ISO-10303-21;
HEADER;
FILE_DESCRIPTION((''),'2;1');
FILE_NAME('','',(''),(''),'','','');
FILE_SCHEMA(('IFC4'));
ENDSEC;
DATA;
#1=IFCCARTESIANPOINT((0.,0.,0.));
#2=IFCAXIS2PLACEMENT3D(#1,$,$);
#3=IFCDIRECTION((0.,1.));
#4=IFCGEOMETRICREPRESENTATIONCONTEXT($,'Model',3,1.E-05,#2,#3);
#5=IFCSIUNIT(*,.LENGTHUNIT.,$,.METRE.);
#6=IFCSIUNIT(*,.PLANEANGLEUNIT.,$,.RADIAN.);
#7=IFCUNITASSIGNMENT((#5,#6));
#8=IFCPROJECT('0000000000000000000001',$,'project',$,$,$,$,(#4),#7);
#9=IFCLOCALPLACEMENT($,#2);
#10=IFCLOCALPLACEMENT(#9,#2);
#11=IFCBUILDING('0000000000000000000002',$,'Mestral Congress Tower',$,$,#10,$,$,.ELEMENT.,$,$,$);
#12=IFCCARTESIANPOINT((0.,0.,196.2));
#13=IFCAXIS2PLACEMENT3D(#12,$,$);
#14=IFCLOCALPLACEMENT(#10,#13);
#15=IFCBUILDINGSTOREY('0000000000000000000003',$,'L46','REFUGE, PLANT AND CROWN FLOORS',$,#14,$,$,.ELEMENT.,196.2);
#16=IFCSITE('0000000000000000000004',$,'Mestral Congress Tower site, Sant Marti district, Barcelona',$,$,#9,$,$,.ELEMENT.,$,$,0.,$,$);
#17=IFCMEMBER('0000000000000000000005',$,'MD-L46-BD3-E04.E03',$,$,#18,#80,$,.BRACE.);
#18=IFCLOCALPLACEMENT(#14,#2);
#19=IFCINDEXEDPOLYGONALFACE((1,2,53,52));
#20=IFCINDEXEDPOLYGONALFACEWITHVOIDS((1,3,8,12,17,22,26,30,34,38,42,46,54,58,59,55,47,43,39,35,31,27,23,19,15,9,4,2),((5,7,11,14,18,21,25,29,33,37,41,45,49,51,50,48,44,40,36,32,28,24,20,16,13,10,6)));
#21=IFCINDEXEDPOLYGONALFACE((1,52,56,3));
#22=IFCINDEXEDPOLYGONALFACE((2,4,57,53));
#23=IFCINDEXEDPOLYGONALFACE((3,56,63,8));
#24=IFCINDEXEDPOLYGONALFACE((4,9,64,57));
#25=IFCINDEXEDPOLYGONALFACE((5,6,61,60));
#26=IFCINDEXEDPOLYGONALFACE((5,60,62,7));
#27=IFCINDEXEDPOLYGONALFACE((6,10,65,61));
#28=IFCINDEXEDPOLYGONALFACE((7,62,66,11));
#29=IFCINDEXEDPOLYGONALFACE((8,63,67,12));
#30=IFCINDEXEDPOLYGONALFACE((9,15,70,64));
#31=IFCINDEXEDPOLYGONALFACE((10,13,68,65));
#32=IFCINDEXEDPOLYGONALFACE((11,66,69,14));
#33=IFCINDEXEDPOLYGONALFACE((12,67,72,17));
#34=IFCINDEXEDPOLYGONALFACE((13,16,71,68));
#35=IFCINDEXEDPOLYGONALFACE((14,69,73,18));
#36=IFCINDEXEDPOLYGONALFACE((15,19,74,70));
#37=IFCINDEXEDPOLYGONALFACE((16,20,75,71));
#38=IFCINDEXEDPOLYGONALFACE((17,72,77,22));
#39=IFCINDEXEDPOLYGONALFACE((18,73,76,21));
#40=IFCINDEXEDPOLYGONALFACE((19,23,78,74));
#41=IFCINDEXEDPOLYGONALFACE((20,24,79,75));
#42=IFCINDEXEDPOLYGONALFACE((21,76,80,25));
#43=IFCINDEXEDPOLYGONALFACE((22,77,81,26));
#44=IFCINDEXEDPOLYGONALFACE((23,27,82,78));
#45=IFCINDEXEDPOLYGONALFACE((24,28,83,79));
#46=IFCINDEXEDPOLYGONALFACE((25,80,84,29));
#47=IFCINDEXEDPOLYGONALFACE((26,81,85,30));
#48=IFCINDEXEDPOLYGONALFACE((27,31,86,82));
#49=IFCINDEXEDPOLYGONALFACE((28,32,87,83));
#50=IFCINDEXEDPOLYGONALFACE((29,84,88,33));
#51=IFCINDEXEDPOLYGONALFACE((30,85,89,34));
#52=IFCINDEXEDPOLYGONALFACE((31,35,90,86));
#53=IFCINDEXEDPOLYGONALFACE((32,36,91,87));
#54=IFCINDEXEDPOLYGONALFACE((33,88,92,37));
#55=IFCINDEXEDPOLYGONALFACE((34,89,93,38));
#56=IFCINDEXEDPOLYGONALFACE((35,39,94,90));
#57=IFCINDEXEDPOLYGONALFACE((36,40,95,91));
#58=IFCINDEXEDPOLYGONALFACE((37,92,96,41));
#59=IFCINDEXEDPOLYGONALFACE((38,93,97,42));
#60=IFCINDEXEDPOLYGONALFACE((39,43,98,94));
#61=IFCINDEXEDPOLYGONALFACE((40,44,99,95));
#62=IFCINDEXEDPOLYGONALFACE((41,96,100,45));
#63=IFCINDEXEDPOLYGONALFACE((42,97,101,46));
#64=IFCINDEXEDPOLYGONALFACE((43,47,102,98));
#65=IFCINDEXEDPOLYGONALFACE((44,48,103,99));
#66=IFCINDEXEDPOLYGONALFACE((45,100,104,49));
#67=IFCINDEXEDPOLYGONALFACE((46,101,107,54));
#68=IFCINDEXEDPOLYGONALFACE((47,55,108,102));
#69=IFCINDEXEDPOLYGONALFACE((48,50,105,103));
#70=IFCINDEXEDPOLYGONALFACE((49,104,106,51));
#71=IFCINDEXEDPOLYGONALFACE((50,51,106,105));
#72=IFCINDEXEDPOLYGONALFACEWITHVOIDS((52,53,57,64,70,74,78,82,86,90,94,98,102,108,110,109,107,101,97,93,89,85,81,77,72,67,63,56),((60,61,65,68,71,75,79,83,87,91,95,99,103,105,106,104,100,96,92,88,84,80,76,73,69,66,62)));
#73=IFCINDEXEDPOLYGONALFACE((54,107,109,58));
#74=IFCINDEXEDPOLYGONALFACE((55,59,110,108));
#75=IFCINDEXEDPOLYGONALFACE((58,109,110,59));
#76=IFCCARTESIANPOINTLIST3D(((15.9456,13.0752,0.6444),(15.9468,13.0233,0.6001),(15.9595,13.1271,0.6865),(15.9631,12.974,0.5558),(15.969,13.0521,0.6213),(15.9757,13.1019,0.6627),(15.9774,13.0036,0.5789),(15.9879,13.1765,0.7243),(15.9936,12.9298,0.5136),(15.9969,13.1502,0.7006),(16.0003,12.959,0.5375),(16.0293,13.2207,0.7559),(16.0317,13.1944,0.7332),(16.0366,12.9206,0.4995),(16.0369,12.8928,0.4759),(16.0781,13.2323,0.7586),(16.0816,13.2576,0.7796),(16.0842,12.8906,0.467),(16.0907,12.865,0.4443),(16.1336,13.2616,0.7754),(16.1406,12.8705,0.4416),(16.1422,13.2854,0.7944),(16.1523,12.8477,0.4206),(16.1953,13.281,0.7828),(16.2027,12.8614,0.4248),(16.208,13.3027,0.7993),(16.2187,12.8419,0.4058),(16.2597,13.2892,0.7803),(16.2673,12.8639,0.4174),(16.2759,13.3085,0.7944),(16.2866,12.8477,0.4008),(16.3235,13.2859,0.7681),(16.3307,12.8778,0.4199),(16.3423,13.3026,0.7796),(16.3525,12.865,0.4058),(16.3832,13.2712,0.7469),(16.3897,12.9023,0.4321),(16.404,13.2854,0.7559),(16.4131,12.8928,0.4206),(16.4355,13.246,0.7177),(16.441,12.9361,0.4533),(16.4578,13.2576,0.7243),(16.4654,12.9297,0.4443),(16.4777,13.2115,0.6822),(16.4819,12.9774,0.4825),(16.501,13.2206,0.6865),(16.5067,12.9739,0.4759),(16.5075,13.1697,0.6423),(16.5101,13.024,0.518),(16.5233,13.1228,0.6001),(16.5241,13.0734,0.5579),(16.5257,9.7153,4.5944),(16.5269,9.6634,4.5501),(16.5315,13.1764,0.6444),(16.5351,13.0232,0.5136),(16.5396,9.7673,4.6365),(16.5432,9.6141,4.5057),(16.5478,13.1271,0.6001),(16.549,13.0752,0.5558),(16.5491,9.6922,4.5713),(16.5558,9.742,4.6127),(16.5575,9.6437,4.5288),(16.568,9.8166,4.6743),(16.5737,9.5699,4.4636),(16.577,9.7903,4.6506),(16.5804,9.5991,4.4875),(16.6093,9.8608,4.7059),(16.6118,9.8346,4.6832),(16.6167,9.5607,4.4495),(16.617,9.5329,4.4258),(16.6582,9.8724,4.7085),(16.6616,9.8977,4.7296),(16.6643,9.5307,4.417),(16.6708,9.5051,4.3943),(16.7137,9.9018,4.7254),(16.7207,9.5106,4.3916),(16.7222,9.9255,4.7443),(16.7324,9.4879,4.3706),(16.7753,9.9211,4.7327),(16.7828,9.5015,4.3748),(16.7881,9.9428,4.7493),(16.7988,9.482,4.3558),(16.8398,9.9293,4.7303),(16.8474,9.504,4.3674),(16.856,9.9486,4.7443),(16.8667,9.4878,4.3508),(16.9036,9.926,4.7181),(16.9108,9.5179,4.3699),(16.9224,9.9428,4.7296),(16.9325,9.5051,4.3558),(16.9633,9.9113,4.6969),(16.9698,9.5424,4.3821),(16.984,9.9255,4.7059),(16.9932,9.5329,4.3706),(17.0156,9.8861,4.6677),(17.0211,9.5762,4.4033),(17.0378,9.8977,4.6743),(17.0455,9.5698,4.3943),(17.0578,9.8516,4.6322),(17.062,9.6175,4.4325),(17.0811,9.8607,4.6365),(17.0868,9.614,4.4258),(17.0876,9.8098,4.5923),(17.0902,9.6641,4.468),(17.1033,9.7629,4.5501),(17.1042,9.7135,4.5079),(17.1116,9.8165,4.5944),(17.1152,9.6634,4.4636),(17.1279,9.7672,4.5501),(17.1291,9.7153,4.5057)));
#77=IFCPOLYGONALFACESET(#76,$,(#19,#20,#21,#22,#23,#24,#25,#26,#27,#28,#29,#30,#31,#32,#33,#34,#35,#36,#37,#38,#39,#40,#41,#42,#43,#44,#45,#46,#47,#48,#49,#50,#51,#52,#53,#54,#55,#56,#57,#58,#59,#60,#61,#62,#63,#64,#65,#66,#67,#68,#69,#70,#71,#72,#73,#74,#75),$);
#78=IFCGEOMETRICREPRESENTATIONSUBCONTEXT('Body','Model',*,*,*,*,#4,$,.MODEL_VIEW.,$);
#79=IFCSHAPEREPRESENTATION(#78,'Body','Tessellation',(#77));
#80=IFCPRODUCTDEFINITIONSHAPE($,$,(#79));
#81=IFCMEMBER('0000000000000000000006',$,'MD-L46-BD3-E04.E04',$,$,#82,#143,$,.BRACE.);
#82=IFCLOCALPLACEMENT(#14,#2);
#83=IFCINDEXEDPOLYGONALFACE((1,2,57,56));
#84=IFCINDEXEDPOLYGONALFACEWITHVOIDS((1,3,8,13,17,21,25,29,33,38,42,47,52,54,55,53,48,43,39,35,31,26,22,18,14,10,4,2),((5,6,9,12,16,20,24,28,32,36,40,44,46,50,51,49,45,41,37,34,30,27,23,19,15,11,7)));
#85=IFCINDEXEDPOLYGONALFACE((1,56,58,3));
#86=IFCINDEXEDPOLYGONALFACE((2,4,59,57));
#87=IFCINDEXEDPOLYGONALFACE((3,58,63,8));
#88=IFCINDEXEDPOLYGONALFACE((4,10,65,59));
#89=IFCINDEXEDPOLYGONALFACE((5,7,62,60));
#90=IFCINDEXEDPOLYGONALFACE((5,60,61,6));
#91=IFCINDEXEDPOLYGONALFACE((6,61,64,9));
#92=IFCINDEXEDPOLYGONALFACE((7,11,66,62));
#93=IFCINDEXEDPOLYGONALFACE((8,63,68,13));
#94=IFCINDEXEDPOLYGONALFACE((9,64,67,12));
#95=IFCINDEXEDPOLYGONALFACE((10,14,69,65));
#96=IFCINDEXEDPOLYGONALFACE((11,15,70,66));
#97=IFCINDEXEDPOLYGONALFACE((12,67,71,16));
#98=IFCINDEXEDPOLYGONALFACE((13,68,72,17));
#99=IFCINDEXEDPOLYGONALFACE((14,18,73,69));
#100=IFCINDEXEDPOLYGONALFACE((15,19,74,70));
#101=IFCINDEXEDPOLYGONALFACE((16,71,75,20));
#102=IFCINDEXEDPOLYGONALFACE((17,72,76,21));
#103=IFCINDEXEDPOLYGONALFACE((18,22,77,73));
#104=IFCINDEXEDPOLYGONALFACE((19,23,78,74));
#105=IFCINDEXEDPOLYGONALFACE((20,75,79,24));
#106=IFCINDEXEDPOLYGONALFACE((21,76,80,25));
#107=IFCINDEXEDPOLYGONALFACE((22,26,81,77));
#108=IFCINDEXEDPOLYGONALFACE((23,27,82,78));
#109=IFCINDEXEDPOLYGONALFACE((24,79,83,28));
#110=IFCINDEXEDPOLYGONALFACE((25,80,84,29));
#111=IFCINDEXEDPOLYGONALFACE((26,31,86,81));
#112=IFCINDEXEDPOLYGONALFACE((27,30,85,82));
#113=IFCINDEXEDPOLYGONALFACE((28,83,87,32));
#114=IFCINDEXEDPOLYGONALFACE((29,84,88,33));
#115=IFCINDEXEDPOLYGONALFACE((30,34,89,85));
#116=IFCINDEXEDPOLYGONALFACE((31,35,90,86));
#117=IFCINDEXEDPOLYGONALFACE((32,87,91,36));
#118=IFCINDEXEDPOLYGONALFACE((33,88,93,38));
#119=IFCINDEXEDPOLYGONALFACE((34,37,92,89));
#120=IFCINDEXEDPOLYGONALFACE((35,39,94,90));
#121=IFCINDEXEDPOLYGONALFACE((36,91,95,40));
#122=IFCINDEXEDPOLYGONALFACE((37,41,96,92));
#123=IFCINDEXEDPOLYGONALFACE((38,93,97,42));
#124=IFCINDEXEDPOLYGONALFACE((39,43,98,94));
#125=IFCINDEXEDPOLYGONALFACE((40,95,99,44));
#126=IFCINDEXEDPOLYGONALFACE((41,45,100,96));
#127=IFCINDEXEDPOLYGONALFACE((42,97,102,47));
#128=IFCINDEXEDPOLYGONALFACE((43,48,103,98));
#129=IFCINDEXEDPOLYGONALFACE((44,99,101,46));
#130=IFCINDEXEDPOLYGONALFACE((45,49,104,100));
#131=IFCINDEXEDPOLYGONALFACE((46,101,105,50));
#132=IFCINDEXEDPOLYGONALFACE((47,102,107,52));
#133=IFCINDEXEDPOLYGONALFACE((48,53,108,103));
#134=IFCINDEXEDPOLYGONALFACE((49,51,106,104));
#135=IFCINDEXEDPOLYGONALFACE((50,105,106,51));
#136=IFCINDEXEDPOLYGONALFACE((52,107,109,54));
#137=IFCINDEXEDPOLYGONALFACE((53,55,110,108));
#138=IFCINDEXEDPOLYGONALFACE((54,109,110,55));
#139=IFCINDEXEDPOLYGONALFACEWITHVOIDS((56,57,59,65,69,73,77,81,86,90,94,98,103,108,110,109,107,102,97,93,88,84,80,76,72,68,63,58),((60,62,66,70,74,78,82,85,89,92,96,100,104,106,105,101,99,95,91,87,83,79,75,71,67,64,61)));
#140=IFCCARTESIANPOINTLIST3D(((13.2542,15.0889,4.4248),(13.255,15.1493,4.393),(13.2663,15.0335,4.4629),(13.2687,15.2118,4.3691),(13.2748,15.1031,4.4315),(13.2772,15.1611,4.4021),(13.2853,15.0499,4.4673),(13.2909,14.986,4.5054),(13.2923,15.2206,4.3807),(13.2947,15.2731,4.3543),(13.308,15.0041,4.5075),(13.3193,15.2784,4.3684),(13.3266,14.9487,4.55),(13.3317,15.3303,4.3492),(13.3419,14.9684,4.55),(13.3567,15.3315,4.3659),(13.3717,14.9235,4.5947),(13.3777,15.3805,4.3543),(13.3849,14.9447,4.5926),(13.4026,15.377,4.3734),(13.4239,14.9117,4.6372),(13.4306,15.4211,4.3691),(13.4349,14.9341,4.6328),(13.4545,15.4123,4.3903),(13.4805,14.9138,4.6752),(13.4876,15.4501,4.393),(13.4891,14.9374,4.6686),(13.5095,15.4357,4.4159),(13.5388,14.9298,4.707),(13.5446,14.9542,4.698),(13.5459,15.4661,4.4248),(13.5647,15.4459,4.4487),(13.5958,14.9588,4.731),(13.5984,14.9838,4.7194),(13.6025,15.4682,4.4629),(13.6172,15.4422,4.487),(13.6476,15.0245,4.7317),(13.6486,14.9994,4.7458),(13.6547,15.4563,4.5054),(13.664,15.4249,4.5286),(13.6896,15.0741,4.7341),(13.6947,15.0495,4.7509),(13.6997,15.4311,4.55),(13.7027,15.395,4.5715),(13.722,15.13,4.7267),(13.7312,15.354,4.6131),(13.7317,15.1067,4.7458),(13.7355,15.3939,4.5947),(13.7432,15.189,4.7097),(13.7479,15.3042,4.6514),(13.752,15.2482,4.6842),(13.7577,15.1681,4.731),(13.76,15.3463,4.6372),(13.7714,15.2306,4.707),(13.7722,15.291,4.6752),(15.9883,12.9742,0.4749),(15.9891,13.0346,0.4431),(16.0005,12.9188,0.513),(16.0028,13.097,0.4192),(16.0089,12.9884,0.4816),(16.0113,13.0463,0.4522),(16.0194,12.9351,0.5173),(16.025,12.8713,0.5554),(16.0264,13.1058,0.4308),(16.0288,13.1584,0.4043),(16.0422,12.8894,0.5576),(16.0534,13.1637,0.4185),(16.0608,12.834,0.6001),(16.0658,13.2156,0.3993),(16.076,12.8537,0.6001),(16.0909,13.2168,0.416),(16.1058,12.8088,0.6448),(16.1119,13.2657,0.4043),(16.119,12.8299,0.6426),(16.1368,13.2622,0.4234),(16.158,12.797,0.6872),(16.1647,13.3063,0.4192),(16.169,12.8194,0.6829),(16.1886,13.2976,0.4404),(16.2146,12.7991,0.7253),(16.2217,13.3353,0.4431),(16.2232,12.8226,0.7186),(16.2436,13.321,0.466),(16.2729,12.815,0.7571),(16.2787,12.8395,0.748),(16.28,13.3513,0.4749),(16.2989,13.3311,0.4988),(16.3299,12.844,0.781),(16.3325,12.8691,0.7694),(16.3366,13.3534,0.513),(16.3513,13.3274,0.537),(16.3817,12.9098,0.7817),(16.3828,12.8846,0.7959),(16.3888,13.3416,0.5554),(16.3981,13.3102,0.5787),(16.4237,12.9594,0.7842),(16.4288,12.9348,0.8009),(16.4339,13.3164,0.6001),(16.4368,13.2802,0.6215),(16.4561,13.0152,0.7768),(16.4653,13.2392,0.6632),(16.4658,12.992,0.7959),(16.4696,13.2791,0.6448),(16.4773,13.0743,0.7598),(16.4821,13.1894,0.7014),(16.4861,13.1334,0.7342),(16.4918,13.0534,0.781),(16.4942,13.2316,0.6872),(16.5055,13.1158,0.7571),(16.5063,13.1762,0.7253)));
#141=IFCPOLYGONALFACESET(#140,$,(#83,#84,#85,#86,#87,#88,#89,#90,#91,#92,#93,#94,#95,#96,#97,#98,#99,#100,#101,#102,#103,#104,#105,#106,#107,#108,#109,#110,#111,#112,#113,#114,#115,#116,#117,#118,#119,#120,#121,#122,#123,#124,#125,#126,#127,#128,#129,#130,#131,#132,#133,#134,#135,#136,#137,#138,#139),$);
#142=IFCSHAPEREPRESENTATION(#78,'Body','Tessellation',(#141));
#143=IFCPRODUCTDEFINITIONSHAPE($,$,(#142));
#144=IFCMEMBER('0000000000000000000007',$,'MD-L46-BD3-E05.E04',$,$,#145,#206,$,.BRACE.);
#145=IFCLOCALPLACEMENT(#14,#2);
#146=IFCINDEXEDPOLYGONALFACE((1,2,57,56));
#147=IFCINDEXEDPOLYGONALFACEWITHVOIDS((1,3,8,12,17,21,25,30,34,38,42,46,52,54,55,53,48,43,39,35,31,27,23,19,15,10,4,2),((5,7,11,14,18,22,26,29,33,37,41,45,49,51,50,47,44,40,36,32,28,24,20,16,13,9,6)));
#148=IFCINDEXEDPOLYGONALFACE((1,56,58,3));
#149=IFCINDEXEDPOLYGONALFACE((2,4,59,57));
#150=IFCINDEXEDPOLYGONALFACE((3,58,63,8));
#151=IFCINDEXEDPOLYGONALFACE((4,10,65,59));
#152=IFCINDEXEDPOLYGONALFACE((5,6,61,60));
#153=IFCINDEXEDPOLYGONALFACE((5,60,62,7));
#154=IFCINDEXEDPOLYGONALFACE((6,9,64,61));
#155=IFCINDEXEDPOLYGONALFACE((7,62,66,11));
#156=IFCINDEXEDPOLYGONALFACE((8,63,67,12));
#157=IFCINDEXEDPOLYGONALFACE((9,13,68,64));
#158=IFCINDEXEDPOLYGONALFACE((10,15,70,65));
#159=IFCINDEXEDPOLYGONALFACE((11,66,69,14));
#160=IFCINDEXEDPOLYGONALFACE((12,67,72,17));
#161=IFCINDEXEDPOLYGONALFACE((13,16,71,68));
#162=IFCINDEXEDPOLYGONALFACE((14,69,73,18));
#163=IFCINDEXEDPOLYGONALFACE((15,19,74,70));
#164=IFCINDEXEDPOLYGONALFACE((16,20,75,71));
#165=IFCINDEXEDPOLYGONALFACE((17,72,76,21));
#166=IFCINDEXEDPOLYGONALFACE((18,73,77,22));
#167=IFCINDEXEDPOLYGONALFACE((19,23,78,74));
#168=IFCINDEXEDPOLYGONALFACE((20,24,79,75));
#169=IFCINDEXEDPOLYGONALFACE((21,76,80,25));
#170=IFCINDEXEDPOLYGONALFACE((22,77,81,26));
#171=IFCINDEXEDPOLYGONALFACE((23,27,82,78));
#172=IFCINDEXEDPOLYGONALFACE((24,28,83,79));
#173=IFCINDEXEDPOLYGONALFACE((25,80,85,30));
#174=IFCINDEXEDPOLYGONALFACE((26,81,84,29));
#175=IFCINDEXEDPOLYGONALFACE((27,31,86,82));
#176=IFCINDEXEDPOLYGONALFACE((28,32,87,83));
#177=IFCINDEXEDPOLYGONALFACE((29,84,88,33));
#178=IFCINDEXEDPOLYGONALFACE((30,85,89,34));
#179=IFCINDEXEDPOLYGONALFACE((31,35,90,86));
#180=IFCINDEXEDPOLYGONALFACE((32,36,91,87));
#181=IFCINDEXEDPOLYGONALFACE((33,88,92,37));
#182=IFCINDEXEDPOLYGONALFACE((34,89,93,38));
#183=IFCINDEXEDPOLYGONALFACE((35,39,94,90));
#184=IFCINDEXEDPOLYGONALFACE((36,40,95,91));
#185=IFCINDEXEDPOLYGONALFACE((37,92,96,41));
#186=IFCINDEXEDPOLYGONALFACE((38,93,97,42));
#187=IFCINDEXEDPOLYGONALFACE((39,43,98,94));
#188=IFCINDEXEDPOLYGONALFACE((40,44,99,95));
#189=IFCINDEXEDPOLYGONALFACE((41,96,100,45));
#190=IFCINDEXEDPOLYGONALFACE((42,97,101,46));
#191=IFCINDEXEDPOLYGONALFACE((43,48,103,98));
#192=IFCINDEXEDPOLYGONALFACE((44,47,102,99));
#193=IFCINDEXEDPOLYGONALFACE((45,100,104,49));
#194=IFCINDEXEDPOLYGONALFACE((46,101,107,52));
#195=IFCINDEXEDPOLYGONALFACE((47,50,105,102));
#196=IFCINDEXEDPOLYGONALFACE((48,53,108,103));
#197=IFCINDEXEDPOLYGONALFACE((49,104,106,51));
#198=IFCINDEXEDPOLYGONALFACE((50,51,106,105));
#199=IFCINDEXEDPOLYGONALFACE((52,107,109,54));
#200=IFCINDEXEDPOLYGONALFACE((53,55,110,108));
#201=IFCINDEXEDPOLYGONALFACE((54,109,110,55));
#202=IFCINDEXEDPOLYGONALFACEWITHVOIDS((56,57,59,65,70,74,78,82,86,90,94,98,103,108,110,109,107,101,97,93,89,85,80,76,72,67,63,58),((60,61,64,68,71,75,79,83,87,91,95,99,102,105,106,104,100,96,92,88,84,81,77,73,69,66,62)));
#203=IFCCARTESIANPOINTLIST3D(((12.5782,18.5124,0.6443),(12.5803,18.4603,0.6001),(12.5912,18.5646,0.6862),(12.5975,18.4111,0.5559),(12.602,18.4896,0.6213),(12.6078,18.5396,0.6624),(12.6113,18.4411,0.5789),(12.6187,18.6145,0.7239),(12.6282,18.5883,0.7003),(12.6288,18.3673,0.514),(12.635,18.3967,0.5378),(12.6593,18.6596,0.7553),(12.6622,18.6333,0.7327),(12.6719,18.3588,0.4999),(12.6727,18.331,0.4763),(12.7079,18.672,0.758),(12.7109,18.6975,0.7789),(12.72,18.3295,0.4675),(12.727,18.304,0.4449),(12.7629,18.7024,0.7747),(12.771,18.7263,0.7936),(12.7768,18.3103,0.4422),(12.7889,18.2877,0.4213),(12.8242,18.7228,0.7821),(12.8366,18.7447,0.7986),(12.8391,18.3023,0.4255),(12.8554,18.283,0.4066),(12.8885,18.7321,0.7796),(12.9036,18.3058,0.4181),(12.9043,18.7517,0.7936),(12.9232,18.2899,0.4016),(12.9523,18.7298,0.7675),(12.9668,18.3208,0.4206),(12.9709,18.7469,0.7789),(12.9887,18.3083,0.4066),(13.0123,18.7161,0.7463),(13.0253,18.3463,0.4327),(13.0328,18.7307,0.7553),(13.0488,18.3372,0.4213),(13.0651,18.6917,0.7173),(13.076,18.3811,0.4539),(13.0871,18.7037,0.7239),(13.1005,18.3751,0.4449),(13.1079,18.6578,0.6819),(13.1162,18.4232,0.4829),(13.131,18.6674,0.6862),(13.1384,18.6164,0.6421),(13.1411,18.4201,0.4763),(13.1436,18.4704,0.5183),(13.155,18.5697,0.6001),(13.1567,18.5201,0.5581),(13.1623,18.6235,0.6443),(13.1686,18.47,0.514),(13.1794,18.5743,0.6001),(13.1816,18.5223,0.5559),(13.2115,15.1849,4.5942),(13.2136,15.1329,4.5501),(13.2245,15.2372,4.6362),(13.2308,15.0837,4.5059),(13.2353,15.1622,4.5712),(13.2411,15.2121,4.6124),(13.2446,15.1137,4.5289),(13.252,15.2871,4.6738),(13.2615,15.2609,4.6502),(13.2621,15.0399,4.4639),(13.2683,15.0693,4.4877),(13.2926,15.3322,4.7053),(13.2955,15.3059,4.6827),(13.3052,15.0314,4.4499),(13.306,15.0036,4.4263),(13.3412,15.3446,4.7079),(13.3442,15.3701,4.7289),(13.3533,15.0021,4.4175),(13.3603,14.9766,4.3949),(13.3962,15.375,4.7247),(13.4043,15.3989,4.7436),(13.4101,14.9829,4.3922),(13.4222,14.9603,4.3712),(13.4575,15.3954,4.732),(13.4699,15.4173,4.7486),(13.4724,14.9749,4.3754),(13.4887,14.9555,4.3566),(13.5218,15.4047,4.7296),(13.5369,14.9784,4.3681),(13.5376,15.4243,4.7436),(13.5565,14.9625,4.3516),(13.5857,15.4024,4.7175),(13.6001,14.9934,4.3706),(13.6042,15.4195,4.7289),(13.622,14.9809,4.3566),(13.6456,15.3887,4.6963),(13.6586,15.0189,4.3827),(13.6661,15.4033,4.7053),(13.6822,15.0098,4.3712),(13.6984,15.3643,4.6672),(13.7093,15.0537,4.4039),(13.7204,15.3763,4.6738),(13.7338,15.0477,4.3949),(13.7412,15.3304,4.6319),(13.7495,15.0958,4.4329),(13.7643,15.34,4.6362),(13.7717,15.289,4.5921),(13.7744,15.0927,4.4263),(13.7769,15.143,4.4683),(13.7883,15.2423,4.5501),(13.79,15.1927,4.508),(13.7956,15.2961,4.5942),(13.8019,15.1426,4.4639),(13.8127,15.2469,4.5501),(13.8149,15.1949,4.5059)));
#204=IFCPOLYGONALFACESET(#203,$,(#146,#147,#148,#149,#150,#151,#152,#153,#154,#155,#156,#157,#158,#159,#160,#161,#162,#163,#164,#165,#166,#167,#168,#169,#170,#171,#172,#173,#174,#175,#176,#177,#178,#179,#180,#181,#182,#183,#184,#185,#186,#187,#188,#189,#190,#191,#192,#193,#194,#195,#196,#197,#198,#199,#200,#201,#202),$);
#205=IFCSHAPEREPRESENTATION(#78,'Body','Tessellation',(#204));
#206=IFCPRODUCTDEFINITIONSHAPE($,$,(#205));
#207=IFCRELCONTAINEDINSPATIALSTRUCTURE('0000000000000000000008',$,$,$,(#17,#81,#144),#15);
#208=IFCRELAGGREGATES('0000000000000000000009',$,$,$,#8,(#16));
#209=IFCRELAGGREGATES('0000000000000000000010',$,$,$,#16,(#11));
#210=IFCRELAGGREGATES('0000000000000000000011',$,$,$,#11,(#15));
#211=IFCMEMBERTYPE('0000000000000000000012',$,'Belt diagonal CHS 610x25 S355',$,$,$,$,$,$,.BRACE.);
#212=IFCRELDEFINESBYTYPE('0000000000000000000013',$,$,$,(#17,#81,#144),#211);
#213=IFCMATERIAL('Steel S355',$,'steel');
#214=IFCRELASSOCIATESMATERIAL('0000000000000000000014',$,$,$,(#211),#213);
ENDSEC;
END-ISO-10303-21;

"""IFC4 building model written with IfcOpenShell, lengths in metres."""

from ifc_helpers import new_model, si_unit, direction, frame, origin, origin_2d, place, context, subcontext, project, spatial, hollow_circle, extrude, material, material_profile, profile_set, type_object, element, save


model = new_model("IFC4")

# Units and contexts
model_context = context("Model", 3, precision=1e-05, world=origin(), true_north=direction((0.0, 1.0)))
body_context = subcontext(model_context, "Body", "Model", "MODEL_VIEW")
ifc_project = project(units=[si_unit("LENGTHUNIT", "METRE"), si_unit("PLANEANGLEUNIT", "RADIAN")], contexts=[model_context])

# Site, building, storey
site_placement = place(None, origin())
site = spatial("IfcSite", under=ifc_project, at=site_placement, Name="Mestral Congress Tower site, Sant Marti district, Barcelona", CompositionType="ELEMENT", RefElevation=0.0)
building_placement = place(site_placement, origin())
building = spatial("IfcBuilding", under=site, at=building_placement, Name="Mestral Congress Tower", CompositionType="ELEMENT")
storey_placement = place(building_placement, frame((0.0, 0.0, 196.2)))
storey = spatial("IfcBuildingStorey", under=building, at=storey_placement, Name="L46", Description="REFUGE, PLANT AND CROWN FLOORS", CompositionType="ELEMENT", Elevation=196.2)

# Members
ifc_material_1 = material(Name="Steel S355", Category="steel")
ifc_material_profile_1 = material_profile(ifc_material_1, hollow_circle(Radius=0.3049, WallThickness=0.0249, at=origin_2d()), Name="CHS 610x25")
ifc_profile_set_1 = profile_set([ifc_material_profile_1], Name="Steel S355")
member_type_1 = type_object("IfcMemberType", Name="Belt diagonal CHS 610x25 S355", PredefinedType="BRACE", material=ifc_profile_set_1)
member_1_placement = place(storey_placement, frame((16.2473, 13.0752, 0.6001), z_axis=(0.111169, -0.643901, 0.756989), x_axis=(0.985421, 0.170132, 0.0)))
element("IfcMember", 1, at=member_1_placement, inside=storey, type_object=member_type_1, Name="MD-L46-BD3-E04.E03", PredefinedType="BRACE", context=body_context, shape_type="SweptSolid", body=[
    extrude(hollow_circle(Radius=0.3049, WallThickness=0.0249, at=origin_2d()), origin(), (0.0, 0.0, 1.0), 5.218),
])
member_2_placement = place(storey_placement, frame((16.2473, 13.0752, 0.6001), z_axis=(-0.520907, 0.402902, 0.752546), x_axis=(-0.611811, -0.791004, 0.0)))
element("IfcMember", 2, at=member_2_placement, inside=storey, type_object=member_type_1, Name="MD-L46-BD3-E04.E04", PredefinedType="BRACE", context=body_context, shape_type="SweptSolid", body=[
    extrude(hollow_circle(Radius=0.3049, WallThickness=0.0249, at=origin_2d()), origin(), (0.0, 0.0, 1.0), 5.2488),
])
member_3_placement = place(storey_placement, frame((12.8799, 18.5173, 0.6001), z_axis=(0.12171, -0.639473, 0.759119), x_axis=(0.982365, 0.186973, 0.0)))
element("IfcMember", 3, at=member_3_placement, inside=storey, type_object=member_type_1, Name="MD-L46-BD3-E05.E04", PredefinedType="BRACE", context=body_context, shape_type="SweptSolid", body=[
    extrude(hollow_circle(Radius=0.3049, WallThickness=0.0249, at=origin_2d()), origin(), (0.0, 0.0, 1.0), 5.2034),
])

save(model, "model.ifc")
